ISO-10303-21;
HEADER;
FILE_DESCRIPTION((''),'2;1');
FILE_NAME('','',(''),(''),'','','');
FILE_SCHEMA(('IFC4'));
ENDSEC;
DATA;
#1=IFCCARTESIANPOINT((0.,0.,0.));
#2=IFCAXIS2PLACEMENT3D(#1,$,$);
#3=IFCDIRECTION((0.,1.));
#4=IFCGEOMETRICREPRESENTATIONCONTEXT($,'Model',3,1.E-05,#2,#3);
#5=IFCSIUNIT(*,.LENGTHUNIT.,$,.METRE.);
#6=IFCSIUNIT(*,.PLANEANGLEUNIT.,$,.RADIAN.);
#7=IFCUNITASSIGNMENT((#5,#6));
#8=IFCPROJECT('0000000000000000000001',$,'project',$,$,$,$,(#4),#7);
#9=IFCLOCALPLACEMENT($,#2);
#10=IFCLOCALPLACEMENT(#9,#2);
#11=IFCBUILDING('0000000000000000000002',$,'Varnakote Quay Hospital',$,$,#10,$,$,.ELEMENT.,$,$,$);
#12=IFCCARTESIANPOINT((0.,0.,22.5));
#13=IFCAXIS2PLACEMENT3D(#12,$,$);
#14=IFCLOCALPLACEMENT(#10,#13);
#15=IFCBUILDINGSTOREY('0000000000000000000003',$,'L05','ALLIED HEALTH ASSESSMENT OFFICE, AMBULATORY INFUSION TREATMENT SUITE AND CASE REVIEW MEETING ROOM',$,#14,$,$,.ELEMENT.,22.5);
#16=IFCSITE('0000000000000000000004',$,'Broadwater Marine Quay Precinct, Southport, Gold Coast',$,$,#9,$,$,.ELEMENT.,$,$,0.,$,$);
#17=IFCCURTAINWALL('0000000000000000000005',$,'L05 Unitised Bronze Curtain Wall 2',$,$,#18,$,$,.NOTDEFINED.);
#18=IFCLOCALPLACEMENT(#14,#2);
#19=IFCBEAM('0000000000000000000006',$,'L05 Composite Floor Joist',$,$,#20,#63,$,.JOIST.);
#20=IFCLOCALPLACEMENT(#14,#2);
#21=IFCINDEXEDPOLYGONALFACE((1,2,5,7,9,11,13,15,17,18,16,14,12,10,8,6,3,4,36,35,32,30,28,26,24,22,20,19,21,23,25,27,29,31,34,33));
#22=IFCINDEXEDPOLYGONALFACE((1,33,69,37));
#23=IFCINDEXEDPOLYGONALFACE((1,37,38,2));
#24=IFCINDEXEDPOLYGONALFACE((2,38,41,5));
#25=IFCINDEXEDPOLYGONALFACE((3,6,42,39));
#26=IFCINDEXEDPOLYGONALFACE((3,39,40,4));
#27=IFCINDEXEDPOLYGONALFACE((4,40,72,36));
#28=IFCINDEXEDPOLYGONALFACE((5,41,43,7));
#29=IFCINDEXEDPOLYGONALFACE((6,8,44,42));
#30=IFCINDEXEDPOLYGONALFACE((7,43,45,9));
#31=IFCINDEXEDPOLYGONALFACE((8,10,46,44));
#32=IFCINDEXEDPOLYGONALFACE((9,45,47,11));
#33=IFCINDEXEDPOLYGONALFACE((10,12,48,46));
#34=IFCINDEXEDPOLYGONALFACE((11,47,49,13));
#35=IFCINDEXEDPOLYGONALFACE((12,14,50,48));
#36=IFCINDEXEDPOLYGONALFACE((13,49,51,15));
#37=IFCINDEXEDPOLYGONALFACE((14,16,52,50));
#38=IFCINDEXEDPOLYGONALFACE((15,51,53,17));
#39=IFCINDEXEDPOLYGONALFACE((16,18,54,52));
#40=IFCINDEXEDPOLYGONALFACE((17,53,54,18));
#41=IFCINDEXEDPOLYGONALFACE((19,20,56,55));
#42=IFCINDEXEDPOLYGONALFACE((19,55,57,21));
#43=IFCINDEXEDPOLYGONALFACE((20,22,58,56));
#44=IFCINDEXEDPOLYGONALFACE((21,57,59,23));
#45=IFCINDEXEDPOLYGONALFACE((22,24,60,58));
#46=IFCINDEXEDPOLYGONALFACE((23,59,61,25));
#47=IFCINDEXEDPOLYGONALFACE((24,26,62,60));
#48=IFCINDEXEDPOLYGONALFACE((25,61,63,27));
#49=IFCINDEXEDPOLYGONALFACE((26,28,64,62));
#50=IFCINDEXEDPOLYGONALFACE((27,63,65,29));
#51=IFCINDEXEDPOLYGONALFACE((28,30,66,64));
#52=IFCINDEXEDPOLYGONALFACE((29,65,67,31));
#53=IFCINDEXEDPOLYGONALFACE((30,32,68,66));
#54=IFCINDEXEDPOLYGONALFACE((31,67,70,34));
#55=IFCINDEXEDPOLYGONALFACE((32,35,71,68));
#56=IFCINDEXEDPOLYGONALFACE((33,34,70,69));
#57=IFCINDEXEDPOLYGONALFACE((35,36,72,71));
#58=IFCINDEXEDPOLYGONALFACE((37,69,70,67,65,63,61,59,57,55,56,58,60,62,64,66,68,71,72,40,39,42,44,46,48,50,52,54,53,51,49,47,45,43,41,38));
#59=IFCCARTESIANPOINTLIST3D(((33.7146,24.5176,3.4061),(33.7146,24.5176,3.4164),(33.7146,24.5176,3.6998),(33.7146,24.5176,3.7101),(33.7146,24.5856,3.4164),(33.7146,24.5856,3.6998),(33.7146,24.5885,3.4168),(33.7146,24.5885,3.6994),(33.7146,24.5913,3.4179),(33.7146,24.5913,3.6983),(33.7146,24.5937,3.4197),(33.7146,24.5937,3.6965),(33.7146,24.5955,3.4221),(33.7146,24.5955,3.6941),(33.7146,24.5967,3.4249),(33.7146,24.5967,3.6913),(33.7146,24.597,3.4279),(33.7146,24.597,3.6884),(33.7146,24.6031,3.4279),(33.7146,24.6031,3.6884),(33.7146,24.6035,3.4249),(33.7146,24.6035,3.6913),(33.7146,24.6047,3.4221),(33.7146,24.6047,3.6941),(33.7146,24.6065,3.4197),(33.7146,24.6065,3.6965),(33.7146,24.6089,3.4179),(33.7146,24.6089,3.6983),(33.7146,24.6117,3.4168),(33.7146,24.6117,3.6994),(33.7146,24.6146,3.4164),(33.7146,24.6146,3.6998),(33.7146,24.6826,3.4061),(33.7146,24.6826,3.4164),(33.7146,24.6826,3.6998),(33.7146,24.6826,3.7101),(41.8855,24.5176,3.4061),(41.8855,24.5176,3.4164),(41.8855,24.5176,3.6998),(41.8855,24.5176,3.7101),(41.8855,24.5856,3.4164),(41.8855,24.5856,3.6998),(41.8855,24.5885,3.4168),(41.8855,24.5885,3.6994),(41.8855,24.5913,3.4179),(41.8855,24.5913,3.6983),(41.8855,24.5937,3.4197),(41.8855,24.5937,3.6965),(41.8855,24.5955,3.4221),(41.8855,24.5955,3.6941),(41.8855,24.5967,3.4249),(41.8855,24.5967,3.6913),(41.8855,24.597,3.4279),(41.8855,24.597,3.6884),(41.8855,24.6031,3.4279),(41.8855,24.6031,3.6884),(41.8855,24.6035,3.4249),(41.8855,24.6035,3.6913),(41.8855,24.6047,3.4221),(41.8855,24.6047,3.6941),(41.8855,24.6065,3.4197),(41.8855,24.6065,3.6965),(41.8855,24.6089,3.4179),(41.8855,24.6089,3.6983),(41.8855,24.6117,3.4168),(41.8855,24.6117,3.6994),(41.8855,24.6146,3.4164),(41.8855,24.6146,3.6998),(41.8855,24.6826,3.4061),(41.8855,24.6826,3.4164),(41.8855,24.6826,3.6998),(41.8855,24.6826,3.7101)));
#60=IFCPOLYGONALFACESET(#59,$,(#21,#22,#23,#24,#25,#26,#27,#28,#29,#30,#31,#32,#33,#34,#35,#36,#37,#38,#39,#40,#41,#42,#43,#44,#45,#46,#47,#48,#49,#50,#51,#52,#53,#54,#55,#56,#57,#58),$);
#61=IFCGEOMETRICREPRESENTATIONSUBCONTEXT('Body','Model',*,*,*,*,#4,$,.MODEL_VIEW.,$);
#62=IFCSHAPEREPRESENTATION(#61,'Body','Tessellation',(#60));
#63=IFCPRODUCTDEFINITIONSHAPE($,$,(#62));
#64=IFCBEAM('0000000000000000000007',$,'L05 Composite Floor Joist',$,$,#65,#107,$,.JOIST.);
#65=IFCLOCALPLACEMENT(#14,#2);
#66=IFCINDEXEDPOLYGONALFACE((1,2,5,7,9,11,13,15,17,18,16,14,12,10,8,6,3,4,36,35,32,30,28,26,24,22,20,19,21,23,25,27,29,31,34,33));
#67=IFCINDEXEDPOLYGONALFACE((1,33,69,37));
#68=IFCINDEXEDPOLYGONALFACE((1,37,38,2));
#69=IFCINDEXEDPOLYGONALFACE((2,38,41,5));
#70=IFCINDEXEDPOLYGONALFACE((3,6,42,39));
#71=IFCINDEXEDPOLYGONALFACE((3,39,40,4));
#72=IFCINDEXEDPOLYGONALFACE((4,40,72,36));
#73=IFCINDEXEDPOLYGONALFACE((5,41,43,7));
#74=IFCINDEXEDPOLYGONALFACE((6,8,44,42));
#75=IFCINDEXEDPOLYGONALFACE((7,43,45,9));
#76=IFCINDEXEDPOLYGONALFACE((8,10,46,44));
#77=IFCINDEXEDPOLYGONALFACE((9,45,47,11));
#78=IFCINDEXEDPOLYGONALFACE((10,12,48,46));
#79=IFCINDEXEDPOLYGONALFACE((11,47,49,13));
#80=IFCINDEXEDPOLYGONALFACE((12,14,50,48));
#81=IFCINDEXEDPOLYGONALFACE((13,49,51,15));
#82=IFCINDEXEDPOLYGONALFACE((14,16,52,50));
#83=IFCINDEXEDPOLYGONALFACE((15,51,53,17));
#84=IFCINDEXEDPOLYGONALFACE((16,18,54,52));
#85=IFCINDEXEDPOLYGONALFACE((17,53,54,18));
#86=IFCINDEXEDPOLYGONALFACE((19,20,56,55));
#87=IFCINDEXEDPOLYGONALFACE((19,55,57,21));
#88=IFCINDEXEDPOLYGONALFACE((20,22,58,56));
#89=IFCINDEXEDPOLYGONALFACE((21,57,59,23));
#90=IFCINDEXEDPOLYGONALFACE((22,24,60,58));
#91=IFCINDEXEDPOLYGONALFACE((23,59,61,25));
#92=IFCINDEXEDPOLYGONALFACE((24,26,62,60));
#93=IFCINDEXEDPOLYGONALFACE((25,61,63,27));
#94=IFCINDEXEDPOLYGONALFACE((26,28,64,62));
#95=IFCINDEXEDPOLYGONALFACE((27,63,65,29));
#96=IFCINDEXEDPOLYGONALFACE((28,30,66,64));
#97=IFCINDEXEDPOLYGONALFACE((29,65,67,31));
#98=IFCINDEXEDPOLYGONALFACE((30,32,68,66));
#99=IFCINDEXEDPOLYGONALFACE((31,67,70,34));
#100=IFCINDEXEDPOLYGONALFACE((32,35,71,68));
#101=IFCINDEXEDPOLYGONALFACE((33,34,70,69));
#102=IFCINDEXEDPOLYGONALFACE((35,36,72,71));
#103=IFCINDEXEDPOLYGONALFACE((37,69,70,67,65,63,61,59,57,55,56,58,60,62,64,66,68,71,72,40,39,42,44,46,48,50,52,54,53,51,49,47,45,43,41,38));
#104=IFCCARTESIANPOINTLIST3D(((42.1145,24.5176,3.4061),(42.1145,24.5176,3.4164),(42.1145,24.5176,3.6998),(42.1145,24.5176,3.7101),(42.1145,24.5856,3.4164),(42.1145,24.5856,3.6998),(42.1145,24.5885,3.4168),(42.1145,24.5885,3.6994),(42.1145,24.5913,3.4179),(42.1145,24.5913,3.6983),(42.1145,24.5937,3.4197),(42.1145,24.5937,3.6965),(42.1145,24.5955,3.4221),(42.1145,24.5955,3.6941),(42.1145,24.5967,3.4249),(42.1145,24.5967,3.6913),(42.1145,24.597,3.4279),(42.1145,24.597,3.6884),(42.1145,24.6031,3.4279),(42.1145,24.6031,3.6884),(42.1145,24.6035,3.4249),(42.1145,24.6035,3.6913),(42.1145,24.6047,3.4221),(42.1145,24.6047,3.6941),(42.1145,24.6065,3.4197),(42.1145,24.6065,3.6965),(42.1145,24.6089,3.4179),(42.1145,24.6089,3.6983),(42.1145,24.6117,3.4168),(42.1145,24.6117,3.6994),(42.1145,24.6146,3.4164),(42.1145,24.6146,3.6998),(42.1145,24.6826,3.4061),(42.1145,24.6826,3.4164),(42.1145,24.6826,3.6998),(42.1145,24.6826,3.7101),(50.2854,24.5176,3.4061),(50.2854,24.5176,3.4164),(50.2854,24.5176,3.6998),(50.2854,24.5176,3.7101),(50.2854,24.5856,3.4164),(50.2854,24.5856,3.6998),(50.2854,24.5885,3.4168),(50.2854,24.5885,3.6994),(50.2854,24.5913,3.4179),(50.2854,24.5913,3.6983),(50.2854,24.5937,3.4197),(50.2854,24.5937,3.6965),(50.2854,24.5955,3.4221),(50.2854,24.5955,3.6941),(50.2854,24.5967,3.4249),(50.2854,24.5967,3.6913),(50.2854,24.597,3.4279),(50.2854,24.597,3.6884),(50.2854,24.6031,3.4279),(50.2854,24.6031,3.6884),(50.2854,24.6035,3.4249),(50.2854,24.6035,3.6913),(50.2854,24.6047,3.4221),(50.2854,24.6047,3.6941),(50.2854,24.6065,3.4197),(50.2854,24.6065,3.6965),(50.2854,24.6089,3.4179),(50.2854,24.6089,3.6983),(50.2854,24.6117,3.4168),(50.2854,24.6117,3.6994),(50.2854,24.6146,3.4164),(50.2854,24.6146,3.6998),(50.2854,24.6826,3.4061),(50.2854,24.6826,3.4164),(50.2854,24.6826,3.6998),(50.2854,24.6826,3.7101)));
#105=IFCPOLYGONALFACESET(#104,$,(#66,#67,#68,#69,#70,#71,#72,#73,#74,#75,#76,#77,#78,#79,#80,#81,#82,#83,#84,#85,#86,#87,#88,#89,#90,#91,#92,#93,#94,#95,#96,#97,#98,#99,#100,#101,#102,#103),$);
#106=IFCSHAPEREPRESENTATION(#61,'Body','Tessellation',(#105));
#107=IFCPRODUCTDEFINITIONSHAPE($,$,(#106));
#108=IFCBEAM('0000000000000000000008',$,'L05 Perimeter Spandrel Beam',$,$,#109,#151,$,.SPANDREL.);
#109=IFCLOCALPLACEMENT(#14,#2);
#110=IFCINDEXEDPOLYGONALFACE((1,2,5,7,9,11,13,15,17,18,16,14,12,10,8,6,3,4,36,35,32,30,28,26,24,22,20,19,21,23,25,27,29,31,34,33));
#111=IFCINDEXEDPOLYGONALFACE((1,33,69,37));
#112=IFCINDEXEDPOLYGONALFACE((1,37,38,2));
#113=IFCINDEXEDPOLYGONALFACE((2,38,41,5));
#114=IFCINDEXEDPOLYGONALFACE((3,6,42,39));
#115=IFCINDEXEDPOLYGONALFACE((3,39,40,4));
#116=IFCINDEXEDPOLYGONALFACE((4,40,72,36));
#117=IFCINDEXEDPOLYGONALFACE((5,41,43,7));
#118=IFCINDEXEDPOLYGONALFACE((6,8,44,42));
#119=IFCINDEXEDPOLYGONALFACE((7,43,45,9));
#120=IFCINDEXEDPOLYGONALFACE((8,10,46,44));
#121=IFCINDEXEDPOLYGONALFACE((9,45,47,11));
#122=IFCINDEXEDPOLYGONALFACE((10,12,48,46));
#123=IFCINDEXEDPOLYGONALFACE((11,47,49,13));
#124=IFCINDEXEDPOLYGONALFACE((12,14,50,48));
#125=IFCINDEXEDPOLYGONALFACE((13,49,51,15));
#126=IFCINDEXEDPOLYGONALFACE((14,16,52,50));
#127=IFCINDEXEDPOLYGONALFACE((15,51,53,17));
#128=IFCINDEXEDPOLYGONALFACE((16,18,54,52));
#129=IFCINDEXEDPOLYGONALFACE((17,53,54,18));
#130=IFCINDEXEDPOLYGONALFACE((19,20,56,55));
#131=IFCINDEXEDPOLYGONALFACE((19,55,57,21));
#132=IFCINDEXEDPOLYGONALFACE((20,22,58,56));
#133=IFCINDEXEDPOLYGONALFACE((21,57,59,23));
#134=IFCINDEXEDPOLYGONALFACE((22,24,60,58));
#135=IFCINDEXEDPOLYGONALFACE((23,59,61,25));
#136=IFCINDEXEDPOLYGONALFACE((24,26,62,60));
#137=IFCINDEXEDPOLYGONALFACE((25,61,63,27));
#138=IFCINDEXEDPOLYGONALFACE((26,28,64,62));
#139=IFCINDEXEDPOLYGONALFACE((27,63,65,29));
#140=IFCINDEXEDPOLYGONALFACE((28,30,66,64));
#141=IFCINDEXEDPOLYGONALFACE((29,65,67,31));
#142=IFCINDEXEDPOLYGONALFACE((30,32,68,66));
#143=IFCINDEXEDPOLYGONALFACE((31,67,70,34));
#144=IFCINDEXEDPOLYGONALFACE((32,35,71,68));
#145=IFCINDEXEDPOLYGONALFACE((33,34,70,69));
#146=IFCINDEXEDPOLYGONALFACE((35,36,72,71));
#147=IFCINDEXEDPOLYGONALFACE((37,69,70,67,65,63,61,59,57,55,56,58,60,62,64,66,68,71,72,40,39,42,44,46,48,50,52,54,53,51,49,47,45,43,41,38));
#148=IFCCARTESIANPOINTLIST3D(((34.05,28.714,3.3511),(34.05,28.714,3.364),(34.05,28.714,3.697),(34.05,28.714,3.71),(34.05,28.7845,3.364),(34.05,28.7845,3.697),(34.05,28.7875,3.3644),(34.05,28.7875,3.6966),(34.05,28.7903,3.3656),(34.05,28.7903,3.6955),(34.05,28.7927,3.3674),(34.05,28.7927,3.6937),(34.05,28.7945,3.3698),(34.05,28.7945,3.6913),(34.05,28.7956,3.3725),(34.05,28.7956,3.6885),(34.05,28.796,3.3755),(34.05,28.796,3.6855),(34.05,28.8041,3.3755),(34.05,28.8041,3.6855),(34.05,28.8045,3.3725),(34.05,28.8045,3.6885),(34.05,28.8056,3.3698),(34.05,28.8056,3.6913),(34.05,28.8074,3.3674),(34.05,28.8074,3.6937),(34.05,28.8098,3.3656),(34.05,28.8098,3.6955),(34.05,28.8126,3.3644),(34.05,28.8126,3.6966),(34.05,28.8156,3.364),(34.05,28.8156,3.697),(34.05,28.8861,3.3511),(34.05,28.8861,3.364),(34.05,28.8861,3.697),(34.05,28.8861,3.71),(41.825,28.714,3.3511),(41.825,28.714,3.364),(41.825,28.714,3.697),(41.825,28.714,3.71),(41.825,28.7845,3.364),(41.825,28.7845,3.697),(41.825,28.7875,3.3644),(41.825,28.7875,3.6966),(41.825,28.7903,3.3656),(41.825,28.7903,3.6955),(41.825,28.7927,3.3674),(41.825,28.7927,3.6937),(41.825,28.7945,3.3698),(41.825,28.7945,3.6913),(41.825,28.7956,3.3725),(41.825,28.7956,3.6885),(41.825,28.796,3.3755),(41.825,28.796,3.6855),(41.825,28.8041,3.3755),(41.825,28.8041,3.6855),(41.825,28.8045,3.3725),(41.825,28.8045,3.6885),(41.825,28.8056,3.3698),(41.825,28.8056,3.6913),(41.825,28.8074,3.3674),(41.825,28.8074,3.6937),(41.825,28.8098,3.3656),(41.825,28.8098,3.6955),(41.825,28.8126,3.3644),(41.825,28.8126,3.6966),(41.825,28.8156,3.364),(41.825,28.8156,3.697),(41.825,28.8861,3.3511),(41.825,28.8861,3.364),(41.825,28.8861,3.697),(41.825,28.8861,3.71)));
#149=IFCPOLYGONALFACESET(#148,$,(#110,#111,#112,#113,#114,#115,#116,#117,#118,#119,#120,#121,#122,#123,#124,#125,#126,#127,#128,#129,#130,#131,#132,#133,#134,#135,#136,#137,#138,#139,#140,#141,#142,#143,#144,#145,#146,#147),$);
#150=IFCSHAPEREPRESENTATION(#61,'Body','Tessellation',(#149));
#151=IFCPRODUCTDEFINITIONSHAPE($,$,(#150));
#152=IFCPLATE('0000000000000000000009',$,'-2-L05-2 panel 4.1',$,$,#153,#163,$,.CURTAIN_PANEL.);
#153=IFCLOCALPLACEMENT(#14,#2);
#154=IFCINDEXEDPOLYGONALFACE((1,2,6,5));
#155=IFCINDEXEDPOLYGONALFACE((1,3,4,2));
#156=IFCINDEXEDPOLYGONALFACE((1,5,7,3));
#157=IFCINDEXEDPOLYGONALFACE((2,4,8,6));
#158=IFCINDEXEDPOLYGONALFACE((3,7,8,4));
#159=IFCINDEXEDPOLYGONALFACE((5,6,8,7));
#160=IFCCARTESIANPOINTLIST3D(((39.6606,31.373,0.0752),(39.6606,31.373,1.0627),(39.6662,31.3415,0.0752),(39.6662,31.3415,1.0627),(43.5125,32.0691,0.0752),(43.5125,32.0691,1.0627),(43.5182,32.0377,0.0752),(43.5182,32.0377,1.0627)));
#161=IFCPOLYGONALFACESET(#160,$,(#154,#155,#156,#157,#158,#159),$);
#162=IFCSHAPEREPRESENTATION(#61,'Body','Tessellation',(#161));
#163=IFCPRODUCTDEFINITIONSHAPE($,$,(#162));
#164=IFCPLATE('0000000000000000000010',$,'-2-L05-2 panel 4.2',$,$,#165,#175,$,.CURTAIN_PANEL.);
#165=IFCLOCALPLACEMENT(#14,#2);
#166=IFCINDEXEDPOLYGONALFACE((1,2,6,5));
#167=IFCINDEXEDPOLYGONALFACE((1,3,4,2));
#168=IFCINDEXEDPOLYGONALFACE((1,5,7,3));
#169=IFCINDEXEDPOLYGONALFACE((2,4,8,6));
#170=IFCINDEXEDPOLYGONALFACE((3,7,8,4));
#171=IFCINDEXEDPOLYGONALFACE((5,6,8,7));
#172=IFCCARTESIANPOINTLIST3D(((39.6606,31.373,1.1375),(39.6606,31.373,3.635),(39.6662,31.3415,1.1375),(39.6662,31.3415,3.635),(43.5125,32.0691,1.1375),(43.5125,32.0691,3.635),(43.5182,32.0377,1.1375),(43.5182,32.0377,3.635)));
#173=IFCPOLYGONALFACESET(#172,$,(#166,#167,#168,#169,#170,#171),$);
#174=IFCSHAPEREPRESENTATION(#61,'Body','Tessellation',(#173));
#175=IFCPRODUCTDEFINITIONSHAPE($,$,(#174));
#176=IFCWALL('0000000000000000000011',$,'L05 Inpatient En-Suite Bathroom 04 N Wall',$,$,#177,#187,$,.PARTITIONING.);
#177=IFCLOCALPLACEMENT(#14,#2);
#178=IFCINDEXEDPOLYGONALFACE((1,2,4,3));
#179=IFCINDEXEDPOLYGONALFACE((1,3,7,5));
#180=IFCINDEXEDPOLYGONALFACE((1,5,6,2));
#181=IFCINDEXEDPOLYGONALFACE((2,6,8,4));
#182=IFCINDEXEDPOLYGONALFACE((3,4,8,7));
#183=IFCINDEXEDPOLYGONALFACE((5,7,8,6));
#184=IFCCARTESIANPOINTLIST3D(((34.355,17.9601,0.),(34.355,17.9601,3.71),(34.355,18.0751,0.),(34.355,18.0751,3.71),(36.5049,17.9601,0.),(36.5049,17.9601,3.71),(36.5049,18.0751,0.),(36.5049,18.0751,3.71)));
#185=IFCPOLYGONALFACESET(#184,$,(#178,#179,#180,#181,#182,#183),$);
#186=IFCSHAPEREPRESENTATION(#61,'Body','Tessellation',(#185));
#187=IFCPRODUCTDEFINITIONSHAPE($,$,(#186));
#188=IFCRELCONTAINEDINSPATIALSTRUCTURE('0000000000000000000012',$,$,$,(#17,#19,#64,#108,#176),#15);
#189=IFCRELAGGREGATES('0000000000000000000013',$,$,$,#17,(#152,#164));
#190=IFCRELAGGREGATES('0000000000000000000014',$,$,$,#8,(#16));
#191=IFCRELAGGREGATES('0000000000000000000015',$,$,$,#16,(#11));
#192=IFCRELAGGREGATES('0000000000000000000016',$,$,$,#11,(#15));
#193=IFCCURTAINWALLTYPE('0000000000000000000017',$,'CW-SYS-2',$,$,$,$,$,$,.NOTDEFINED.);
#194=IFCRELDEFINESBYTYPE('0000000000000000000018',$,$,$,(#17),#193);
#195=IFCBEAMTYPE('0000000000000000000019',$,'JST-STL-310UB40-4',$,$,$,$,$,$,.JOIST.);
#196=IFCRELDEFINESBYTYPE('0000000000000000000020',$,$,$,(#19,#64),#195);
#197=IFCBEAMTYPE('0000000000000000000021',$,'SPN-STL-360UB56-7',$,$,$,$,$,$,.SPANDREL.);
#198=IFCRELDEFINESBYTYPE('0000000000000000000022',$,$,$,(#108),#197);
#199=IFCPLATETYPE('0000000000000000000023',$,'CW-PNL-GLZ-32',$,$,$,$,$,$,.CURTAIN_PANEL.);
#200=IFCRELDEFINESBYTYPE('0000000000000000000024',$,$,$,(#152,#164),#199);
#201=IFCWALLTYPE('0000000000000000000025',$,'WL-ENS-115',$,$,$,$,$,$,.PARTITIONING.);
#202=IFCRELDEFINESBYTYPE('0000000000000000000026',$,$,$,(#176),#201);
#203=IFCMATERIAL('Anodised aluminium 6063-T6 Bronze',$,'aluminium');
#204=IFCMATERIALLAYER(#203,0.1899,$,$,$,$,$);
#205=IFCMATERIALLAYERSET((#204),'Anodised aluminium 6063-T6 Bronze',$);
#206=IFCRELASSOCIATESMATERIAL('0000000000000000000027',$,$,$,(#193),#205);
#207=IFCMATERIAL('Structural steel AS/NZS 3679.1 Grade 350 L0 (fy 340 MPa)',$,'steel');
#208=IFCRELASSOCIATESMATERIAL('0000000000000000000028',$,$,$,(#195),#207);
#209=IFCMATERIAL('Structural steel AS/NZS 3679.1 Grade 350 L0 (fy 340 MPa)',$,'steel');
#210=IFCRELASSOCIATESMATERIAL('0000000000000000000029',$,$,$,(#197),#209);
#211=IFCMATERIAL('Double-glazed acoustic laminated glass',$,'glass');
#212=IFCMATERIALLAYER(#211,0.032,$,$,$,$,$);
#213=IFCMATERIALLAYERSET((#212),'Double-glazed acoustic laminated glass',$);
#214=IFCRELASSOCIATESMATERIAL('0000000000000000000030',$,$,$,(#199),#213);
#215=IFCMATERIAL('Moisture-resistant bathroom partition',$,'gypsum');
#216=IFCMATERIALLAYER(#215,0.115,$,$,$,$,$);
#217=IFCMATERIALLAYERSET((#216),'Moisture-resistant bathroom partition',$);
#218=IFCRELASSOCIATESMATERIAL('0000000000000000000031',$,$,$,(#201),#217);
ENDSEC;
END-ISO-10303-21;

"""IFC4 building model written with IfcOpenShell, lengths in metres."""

from ifc_helpers import new_model, si_unit, direction, frame, frame_2d, origin, origin_2d, place, context, subcontext, project, spatial, rectangle, i_section, extrude, material, layer, layer_set, material_profile, profile_set, type_object, element, aggregate, save


model = new_model("IFC4")

# Units and contexts
model_context = context("Model", 3, precision=1e-05, world=origin(), true_north=direction((0.0, 1.0)))
body_context = subcontext(model_context, "Body", "Model", "MODEL_VIEW")
ifc_project = project(units=[si_unit("LENGTHUNIT", "METRE"), si_unit("PLANEANGLEUNIT", "RADIAN")], contexts=[model_context])

# Site, building, storey
site_placement = place(None, origin())
site = spatial("IfcSite", under=ifc_project, at=site_placement, Name="Broadwater Marine Quay Precinct, Southport, Gold Coast", CompositionType="ELEMENT", RefElevation=0.0)
building_placement = place(site_placement, origin())
building = spatial("IfcBuilding", under=site, at=building_placement, Name="Varnakote Quay Hospital", CompositionType="ELEMENT")
storey_placement = place(building_placement, frame((0.0, 0.0, 22.5)))
storey = spatial("IfcBuildingStorey", under=building, at=storey_placement, Name="L05", Description="ALLIED HEALTH ASSESSMENT OFFICE, AMBULATORY INFUSION TREATMENT SUITE AND CASE REVIEW MEETING ROOM", CompositionType="ELEMENT", Elevation=22.5)

# Curtain wall
ifc_material_1 = material(Name="Anodised aluminium 6063-T6 Bronze", Category="aluminium")
ifc_layer_1 = layer(ifc_material_1, 0.1899)
ifc_layer_set_1 = layer_set([ifc_layer_1], Name="Anodised aluminium 6063-T6 Bronze")
curtain_wall_type = type_object("IfcCurtainWallType", Name="CW-SYS-2", PredefinedType="NOTDEFINED", material=ifc_layer_set_1)
curtain_wall_placement = place(storey_placement, origin())
curtain_wall = element("IfcCurtainWall", 1, at=curtain_wall_placement, inside=storey, type_object=curtain_wall_type, Name="L05 Unitised Bronze Curtain Wall 2", PredefinedType="NOTDEFINED")

# Beams
ifc_material_2 = material(Name="Structural steel AS/NZS 3679.1 Grade 350 L0 (fy 340 MPa)", Category="steel")
ifc_material_profile_1 = material_profile(ifc_material_2, i_section(OverallWidth=0.165, OverallDepth=0.304, WebThickness=0.0061, FlangeThickness=0.0103, FilletRadius=0.0115, at=origin_2d()), Name="310UB40.4")
ifc_profile_set_1 = profile_set([ifc_material_profile_1], Name="Structural steel AS/NZS 3679.1 Grade 350 L0 (fy 340 MPa)")
beam_type_1 = type_object("IfcBeamType", Name="JST-STL-310UB40-4", PredefinedType="JOIST", material=ifc_profile_set_1)
for number, where, z_axis, x_axis, name in (
    (2, (33.7146, 24.6001, 3.5581), (1.0, 0.0, 0.0), (0.0, 1.0, 0.0), "L05 Composite Floor Joist"),
    (3, (42.1145, 24.6001, 3.5581), (1.0, 0.0, 0.0), (0.0, 1.0, 0.0), "L05 Composite Floor Joist"),
):
    element("IfcBeam", number, at=place(storey_placement, frame(where, z_axis=z_axis, x_axis=x_axis)), inside=storey, type_object=beam_type_1, Name=name, PredefinedType="JOIST", context=body_context, shape_type="SweptSolid", body=[
        extrude(i_section(OverallWidth=0.165, OverallDepth=0.304, WebThickness=0.0061, FlangeThickness=0.0103, FilletRadius=0.0115, at=origin_2d()), origin(), (0.0, 0.0, 1.0), 8.1709),
    ])
ifc_material_3 = material(Name="Structural steel AS/NZS 3679.1 Grade 350 L0 (fy 340 MPa)", Category="steel")
ifc_material_profile_2 = material_profile(ifc_material_3, i_section(OverallWidth=0.1721, OverallDepth=0.3589, WebThickness=0.0081, FlangeThickness=0.0129, FilletRadius=0.0115, at=origin_2d()), Name="360UB56.7")
ifc_profile_set_2 = profile_set([ifc_material_profile_2], Name="Structural steel AS/NZS 3679.1 Grade 350 L0 (fy 340 MPa)")
beam_type_2 = type_object("IfcBeamType", Name="SPN-STL-360UB56-7", PredefinedType="SPANDREL", material=ifc_profile_set_2)
beam_1_placement = place(storey_placement, frame((34.05, 28.8, 3.5305), z_axis=(1.0, 0.0, 0.0), x_axis=(0.0, 1.0, 0.0)))
element("IfcBeam", 4, at=beam_1_placement, inside=storey, type_object=beam_type_2, Name="L05 Perimeter Spandrel Beam", PredefinedType="SPANDREL", context=body_context, shape_type="SweptSolid", body=[
    extrude(i_section(OverallWidth=0.1721, OverallDepth=0.3589, WebThickness=0.0081, FlangeThickness=0.0129, FilletRadius=0.0115, at=origin_2d()), origin(), (0.0, 0.0, 1.0), 7.7749),
])

# Plates
ifc_material_4 = material(Name="Double-glazed acoustic laminated glass", Category="glass")
ifc_layer_2 = layer(ifc_material_4, 0.032)
ifc_layer_set_2 = layer_set([ifc_layer_2], Name="Double-glazed acoustic laminated glass")
plate_type = type_object("IfcPlateType", Name="CW-PNL-GLZ-32", PredefinedType="CURTAIN_PANEL", material=ifc_layer_set_2)
plate_1_placement = place(storey_placement, frame((41.5894, 31.7053, 0.0752), z_axis=(0.0, 0.0, 1.0), x_axis=(-0.984058, -0.177846, 0.0)))
plate_1 = element("IfcPlate", 5, at=plate_1_placement, type_object=plate_type, Name="-2-L05-2 panel 4.1", PredefinedType="CURTAIN_PANEL", context=body_context, shape_type="SweptSolid", body=[
    extrude(rectangle(XDim=3.9143, YDim=0.032, at=origin_2d()), origin(), (0.0, 0.0, 1.0), 0.9875),
])
plate_2_placement = place(storey_placement, frame((41.5894, 31.7053, 1.1375), z_axis=(0.0, 0.0, 1.0), x_axis=(-0.984058, -0.177846, 0.0)))
plate_2 = element("IfcPlate", 6, at=plate_2_placement, type_object=plate_type, Name="-2-L05-2 panel 4.2", PredefinedType="CURTAIN_PANEL", context=body_context, shape_type="SweptSolid", body=[
    extrude(rectangle(XDim=3.9143, YDim=0.032, at=origin_2d()), origin(), (0.0, 0.0, 1.0), 2.4976),
])
aggregate(curtain_wall, [plate_1, plate_2])

# Wall
ifc_material_5 = material(Name="Moisture-resistant bathroom partition", Category="gypsum")
ifc_layer_3 = layer(ifc_material_5, 0.115)
ifc_layer_set_3 = layer_set([ifc_layer_3], Name="Moisture-resistant bathroom partition")
wall_type_1 = type_object("IfcWallType", Name="WL-ENS-115", PredefinedType="PARTITIONING", material=ifc_layer_set_3)
wall_1_placement = place(storey_placement, frame((34.355, 18.0176, 0.0), z_axis=(0.0, 0.0, 1.0), x_axis=(1.0, 0.0, 0.0)))
element("IfcWall", 7, at=wall_1_placement, inside=storey, type_object=wall_type_1, Name="L05 Inpatient En-Suite Bathroom 04 N Wall", PredefinedType="PARTITIONING", context=body_context, shape_type="SweptSolid", body=[
    extrude(rectangle(XDim=2.1499, YDim=0.115, at=frame_2d((1.075, 0.0))), origin(), (0.0, 0.0, 1.0), 3.71),
])

save(model, "model.ifc")
